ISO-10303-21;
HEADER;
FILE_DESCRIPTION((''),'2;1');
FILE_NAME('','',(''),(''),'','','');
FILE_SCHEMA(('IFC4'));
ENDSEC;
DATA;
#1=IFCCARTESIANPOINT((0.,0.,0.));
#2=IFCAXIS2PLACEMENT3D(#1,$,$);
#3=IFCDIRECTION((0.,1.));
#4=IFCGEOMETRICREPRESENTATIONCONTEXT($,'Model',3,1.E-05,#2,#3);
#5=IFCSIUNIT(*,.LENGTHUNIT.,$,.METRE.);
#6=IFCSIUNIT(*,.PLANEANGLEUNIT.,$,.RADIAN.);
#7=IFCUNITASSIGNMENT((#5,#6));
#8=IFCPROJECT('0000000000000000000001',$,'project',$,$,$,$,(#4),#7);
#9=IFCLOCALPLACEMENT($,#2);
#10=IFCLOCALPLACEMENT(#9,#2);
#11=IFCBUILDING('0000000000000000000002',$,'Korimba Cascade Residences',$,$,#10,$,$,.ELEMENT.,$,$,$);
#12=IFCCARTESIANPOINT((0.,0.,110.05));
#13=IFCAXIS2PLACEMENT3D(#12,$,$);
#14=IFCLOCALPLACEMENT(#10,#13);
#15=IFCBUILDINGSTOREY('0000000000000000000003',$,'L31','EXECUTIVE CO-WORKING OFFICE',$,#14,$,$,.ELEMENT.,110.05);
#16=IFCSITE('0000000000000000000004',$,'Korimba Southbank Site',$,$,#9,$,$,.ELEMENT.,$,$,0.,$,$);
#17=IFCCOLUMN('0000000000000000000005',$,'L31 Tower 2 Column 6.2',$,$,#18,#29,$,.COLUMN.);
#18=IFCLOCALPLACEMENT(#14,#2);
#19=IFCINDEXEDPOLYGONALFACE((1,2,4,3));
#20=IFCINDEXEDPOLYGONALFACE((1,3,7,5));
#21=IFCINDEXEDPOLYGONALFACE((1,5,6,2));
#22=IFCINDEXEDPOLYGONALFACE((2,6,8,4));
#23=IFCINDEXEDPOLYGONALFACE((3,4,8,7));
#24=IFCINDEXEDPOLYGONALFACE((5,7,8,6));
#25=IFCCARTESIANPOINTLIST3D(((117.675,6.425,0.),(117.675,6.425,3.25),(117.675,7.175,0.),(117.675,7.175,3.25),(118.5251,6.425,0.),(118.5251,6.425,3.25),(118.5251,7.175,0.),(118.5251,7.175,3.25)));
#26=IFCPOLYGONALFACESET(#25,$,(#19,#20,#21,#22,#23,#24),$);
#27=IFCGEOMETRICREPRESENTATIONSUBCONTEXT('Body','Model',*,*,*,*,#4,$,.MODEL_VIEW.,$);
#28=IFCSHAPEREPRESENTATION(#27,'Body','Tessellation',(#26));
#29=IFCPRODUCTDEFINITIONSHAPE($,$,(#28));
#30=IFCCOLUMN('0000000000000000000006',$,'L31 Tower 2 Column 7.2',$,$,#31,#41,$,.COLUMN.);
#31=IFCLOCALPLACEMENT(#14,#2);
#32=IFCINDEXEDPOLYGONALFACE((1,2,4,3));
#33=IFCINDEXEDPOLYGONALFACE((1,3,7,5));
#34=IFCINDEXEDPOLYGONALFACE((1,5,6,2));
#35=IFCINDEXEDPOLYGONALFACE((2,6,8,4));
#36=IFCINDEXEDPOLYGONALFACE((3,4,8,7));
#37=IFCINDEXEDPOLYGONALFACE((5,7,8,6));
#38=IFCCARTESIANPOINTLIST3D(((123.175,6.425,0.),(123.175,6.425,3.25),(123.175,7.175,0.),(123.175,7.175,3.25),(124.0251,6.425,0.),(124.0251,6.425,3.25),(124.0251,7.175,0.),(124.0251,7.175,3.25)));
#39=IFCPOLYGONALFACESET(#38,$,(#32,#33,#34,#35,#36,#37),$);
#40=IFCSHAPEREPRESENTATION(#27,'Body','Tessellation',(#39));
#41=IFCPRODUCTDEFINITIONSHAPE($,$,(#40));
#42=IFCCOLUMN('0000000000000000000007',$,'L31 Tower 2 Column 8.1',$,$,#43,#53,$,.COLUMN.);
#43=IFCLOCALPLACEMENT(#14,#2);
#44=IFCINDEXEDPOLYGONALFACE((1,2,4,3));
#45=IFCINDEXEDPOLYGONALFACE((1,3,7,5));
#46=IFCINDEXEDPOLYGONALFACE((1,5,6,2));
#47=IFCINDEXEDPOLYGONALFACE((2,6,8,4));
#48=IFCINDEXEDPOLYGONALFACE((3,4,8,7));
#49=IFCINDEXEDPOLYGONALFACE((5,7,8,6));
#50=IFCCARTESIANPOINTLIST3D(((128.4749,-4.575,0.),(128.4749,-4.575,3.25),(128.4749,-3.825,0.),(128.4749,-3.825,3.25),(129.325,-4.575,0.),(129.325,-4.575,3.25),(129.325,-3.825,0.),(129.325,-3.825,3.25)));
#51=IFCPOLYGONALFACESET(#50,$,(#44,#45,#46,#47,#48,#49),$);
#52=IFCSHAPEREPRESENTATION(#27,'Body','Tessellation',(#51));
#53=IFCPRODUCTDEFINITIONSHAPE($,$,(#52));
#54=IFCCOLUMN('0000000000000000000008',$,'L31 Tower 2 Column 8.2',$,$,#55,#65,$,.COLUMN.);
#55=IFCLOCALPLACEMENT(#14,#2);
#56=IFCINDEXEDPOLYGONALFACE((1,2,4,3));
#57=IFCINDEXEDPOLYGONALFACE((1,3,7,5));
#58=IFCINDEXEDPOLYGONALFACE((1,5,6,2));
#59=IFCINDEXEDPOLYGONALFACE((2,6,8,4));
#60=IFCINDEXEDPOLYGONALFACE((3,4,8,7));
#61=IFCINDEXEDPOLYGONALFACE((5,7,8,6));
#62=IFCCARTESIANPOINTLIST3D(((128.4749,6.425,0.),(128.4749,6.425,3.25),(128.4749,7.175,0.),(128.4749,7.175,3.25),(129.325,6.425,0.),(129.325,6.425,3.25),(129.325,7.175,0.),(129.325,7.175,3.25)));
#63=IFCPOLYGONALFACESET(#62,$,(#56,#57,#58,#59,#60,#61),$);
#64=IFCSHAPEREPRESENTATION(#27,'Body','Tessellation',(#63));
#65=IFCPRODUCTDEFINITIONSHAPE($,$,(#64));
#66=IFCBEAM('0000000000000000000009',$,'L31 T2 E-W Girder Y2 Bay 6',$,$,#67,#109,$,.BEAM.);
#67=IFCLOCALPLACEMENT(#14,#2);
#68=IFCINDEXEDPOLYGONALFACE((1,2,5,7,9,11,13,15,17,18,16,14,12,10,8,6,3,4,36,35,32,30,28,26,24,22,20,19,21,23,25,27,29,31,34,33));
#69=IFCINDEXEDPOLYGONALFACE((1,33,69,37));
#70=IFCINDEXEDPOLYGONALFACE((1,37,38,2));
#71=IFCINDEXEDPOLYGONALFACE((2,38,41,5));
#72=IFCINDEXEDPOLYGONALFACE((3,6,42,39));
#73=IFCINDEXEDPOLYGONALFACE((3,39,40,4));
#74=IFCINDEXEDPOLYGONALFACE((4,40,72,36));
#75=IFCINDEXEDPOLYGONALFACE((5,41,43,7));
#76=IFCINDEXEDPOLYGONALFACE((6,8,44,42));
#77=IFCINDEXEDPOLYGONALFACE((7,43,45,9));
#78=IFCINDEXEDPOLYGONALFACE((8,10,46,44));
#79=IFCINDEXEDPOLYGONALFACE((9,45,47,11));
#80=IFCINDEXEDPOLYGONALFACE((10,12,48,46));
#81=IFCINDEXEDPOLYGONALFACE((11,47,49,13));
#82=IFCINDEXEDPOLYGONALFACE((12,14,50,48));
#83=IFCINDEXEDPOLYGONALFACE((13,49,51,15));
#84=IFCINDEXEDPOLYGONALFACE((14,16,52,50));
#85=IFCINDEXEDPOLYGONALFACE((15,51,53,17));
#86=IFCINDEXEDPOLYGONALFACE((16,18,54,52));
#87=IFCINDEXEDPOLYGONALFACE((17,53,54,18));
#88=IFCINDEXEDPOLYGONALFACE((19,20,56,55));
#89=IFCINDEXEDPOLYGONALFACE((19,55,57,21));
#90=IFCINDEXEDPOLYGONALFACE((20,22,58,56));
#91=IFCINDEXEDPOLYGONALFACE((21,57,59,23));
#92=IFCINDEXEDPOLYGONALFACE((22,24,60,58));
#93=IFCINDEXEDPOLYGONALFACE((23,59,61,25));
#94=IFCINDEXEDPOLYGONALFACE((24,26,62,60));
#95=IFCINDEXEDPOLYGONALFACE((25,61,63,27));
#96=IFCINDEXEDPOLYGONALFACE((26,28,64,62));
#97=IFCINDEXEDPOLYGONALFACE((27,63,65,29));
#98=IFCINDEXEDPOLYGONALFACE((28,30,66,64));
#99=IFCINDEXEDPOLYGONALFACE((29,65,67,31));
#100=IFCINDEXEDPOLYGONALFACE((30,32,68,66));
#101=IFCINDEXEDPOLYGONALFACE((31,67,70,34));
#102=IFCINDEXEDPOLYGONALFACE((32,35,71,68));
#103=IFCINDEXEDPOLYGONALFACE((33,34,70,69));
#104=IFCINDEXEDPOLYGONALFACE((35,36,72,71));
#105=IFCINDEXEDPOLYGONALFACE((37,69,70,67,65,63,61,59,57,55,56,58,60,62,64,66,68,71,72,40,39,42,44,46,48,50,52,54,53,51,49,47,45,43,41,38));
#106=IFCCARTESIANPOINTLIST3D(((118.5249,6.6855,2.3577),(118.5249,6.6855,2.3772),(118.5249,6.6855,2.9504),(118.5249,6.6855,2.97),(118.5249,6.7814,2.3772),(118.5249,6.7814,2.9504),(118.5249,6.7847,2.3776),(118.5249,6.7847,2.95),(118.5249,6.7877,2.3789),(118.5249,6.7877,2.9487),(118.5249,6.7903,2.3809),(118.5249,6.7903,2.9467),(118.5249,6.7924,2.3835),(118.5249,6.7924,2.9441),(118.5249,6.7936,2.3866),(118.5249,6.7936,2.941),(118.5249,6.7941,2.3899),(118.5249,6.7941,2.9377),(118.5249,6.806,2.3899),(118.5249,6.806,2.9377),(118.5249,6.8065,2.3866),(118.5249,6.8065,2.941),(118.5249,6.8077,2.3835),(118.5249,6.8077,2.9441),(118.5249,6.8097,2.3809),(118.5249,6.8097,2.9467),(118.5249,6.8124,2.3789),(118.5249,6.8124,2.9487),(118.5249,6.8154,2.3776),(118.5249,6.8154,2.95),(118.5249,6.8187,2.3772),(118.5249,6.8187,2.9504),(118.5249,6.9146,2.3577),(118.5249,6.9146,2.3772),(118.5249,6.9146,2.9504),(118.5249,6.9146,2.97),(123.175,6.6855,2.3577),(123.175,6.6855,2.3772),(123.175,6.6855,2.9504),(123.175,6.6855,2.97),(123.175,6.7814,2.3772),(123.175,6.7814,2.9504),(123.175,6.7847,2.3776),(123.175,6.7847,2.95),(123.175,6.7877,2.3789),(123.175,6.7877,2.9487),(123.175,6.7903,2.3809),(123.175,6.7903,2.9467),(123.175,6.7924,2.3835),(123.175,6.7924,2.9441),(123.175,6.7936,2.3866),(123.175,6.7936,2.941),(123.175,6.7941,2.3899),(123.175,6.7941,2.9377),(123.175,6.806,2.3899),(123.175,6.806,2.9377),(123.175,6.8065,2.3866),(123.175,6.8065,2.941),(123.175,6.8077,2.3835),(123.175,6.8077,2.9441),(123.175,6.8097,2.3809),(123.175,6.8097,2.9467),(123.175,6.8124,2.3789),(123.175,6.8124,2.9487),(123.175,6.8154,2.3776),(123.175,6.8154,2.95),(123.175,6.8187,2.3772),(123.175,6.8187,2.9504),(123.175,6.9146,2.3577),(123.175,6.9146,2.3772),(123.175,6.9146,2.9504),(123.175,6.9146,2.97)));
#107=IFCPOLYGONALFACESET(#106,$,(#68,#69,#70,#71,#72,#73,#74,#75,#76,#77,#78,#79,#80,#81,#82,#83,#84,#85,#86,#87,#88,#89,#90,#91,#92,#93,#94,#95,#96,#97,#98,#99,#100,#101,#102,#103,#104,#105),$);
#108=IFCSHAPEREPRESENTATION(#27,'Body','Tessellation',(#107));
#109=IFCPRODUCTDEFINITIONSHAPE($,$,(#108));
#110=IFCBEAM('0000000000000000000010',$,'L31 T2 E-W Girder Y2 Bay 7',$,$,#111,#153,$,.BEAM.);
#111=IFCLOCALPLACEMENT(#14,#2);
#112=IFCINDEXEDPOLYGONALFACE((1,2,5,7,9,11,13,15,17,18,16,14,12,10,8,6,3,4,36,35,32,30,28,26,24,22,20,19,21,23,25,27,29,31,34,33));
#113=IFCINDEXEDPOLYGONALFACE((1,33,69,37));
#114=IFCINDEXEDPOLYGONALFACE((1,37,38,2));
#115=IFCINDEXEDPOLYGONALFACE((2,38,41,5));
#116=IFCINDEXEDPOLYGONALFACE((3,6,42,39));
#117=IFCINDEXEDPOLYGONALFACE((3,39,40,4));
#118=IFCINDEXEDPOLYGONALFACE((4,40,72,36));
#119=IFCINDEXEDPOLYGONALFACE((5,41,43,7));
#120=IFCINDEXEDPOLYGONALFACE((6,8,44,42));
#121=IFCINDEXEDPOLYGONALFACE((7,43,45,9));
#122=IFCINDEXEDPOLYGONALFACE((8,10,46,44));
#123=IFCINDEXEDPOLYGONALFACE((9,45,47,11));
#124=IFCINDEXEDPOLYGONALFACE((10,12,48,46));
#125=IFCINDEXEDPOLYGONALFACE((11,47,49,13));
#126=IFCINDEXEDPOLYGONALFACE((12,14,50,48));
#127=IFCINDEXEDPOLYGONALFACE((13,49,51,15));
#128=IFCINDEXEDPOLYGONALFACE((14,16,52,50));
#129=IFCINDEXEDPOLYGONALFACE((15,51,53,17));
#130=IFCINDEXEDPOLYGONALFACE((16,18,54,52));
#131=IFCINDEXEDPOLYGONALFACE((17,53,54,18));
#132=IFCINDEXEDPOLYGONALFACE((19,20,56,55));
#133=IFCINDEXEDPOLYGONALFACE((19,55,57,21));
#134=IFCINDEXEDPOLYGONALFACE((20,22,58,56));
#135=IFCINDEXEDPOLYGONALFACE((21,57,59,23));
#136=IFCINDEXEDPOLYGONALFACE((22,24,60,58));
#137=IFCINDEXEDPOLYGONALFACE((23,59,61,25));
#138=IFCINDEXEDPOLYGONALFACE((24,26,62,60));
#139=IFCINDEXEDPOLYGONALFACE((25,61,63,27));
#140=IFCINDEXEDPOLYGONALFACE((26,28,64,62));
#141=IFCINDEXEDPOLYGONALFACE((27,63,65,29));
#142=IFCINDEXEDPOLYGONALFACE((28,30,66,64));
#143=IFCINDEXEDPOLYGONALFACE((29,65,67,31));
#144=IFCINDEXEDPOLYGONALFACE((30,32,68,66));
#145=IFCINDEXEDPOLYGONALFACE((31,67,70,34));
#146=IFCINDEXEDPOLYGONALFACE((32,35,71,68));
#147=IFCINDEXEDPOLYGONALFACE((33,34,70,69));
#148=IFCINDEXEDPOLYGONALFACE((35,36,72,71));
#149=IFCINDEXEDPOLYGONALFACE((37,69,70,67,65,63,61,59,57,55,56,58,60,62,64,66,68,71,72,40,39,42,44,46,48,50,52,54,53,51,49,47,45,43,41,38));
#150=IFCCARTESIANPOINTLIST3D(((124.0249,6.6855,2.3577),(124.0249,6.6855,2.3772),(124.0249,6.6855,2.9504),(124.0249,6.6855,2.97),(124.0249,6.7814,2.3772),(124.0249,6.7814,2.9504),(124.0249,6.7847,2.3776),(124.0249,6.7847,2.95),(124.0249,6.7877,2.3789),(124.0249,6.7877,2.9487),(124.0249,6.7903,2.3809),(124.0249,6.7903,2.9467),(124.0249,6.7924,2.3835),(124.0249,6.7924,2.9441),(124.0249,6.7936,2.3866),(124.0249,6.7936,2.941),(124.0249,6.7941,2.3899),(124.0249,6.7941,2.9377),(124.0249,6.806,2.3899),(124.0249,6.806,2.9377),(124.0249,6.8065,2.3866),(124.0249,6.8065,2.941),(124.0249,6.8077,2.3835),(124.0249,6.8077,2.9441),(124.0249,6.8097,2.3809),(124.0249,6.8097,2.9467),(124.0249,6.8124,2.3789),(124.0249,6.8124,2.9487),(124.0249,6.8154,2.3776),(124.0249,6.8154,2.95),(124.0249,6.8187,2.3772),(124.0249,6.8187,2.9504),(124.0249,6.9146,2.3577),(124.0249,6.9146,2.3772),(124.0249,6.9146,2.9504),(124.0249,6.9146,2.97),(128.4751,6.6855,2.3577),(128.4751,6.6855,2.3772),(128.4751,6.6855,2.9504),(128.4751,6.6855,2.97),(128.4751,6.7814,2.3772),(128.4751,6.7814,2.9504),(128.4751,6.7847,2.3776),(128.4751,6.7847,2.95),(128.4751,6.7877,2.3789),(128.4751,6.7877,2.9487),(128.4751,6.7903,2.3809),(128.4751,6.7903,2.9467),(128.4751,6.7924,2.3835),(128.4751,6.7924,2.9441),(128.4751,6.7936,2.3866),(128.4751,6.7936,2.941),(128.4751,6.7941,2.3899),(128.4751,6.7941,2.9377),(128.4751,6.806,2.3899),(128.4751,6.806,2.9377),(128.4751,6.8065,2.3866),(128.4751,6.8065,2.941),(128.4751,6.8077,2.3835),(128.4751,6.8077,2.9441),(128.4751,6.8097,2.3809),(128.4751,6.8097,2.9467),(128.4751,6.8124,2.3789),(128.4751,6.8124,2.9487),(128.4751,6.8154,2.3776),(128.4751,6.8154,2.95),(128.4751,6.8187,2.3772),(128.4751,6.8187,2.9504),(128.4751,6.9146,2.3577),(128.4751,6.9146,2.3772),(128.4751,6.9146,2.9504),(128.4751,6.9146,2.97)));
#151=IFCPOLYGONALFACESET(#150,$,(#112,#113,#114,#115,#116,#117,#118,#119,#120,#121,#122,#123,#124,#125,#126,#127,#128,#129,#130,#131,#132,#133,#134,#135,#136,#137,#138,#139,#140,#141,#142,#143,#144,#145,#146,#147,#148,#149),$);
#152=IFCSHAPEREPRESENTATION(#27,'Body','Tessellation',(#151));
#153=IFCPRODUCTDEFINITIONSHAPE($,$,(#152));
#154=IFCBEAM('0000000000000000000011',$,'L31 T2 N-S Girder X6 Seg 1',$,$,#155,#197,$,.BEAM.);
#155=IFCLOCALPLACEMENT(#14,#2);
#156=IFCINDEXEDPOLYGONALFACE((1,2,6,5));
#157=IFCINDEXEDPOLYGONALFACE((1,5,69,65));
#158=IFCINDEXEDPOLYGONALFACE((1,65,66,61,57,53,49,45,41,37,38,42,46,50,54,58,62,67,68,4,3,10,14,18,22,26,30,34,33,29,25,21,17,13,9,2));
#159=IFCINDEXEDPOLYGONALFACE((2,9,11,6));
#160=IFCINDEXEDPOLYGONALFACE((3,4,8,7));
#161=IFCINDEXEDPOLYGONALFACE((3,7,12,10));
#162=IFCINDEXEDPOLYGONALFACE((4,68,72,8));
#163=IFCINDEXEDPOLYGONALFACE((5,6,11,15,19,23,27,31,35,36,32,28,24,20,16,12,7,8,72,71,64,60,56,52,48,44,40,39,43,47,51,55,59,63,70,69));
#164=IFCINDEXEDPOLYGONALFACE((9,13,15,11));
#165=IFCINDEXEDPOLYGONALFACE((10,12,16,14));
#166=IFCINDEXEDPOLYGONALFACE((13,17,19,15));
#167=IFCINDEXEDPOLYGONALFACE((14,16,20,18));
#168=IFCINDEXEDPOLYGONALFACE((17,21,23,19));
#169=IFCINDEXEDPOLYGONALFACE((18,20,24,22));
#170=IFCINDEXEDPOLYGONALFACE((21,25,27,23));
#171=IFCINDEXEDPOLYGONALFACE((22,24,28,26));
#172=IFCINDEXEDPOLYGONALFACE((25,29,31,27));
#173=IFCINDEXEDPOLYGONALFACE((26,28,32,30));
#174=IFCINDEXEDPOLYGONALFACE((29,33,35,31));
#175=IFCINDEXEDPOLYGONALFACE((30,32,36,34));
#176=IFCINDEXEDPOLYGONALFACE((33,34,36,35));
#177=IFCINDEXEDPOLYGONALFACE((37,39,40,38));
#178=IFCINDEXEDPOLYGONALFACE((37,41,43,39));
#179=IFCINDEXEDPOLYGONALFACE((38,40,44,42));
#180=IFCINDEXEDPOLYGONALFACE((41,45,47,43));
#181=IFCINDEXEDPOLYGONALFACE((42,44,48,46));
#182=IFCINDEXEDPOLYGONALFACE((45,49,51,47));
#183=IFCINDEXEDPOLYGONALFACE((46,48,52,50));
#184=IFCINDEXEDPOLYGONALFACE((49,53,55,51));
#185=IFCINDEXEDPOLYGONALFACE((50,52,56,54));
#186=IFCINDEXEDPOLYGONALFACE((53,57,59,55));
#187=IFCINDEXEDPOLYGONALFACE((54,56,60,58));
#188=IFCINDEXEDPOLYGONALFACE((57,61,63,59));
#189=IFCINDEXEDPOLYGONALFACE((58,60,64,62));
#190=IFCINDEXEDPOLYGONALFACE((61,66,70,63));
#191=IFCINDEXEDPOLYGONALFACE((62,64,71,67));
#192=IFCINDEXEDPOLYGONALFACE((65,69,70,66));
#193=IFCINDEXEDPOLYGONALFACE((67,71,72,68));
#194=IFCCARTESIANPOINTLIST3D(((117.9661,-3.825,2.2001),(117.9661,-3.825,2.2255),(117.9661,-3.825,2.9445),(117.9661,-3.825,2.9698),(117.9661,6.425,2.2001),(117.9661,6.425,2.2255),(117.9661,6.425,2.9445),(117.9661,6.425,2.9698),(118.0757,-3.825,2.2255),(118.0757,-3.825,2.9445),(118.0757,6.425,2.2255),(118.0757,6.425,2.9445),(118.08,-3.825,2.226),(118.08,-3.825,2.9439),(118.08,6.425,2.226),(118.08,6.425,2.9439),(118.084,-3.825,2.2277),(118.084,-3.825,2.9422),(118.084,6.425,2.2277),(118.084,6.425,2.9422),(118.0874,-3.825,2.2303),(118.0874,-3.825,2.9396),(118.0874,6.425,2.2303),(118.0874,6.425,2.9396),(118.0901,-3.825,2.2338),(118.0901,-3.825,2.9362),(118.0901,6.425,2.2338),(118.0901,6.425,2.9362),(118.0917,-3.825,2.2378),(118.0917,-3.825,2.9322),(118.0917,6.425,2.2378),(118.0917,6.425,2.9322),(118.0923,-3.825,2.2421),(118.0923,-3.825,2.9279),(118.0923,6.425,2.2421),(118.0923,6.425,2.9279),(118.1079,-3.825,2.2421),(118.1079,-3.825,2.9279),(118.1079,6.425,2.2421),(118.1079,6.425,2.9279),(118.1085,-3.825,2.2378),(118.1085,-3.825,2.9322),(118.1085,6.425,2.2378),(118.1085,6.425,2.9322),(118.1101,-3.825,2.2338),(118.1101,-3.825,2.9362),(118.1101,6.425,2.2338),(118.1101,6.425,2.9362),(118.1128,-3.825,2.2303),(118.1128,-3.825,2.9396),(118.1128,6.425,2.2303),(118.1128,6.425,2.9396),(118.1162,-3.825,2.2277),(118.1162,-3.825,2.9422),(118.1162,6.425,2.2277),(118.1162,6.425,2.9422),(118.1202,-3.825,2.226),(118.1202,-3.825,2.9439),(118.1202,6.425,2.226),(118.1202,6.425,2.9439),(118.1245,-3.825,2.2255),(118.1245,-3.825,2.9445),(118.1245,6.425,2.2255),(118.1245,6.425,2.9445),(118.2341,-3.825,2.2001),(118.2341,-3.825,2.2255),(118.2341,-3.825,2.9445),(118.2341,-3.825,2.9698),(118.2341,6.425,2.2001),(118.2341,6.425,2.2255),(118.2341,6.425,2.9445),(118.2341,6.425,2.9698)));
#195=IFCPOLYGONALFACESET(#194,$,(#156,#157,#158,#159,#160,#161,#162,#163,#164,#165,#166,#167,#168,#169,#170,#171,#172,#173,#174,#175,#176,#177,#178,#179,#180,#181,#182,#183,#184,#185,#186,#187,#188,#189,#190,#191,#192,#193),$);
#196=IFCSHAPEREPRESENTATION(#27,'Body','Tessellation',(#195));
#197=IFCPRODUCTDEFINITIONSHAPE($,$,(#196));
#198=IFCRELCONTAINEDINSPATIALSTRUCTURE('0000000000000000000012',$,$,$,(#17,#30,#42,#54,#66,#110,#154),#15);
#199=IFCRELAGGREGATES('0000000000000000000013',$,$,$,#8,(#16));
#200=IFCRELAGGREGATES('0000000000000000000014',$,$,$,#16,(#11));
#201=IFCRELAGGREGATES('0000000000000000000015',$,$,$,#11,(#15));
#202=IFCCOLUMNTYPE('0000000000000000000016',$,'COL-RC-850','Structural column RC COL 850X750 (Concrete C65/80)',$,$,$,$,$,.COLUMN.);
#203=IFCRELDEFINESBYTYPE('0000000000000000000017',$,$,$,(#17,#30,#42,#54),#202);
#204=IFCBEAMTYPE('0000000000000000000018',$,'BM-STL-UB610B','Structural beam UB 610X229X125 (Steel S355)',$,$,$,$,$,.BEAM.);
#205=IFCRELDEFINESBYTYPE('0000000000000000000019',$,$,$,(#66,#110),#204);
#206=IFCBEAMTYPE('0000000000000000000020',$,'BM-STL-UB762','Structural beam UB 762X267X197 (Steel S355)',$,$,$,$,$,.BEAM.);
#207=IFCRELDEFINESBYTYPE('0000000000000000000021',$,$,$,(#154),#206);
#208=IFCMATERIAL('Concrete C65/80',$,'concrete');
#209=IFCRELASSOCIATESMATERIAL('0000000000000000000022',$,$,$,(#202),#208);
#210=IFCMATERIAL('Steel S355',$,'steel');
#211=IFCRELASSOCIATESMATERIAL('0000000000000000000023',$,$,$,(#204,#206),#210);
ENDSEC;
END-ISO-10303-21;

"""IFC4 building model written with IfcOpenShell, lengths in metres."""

from ifc_helpers import new_model, si_unit, direction, frame, origin, origin_2d, place, context, subcontext, project, spatial, rectangle, i_section, extrude, material, material_profile, profile_set, type_object, element, save


model = new_model("IFC4")

# Units and contexts
model_context = context("Model", 3, precision=1e-05, world=origin(), true_north=direction((0.0, 1.0)))
body_context = subcontext(model_context, "Body", "Model", "MODEL_VIEW")
ifc_project = project(units=[si_unit("LENGTHUNIT", "METRE"), si_unit("PLANEANGLEUNIT", "RADIAN")], contexts=[model_context])

# Site, building, storey
site_placement = place(None, origin())
site = spatial("IfcSite", under=ifc_project, at=site_placement, Name="Korimba Southbank Site", CompositionType="ELEMENT", RefElevation=0.0)
building_placement = place(site_placement, origin())
building = spatial("IfcBuilding", under=site, at=building_placement, Name="Korimba Cascade Residences", CompositionType="ELEMENT")
storey_placement = place(building_placement, frame((0.0, 0.0, 110.05)))
storey = spatial("IfcBuildingStorey", under=building, at=storey_placement, Name="L31", Description="EXECUTIVE CO-WORKING OFFICE", CompositionType="ELEMENT", Elevation=110.05)

# Columns
ifc_material_1 = material(Name="Concrete C65/80", Category="concrete")
ifc_material_profile_1 = material_profile(ifc_material_1, rectangle(XDim=0.8501, YDim=0.75, at=origin_2d()), Name="Concrete C65/80")
ifc_profile_set_1 = profile_set([ifc_material_profile_1], Name="Concrete C65/80")
column_type = type_object("IfcColumnType", Name="COL-RC-850", Description="Structural column RC COL 850X750 (Concrete C65/80)", PredefinedType="COLUMN", material=ifc_profile_set_1)
for number, where, z_axis, x_axis, name in (
    (1, (118.1001, 6.8, 0.0), (0.0, 0.0, 1.0), (1.0, 0.0, 0.0), "L31 Tower 2 Column 6.2"),
    (2, (123.6001, 6.8, 0.0), (0.0, 0.0, 1.0), (1.0, 0.0, 0.0), "L31 Tower 2 Column 7.2"),
    (3, (128.8999, -4.2, 0.0), (0.0, 0.0, 1.0), (1.0, 0.0, 0.0), "L31 Tower 2 Column 8.1"),
    (4, (128.8999, 6.8, 0.0), (0.0, 0.0, 1.0), (1.0, 0.0, 0.0), "L31 Tower 2 Column 8.2"),
):
    element("IfcColumn", number, at=place(storey_placement, frame(where, z_axis=z_axis, x_axis=x_axis)), inside=storey, type_object=column_type, Name=name, PredefinedType="COLUMN", context=body_context, shape_type="SweptSolid", body=[
        extrude(rectangle(XDim=0.8501, YDim=0.75, at=origin_2d()), origin(), (0.0, 0.0, 1.0), 3.25),
    ])

# Beams
ifc_material_2 = material(Name="Steel S355", Category="steel")
ifc_material_profile_2 = material_profile(ifc_material_2, i_section(OverallWidth=0.229, OverallDepth=0.6123, WebThickness=0.012, FlangeThickness=0.0195, FilletRadius=0.0127, at=origin_2d()), Name="Steel S355")
ifc_profile_set_2 = profile_set([ifc_material_profile_2], Name="Steel S355")
beam_type_1 = type_object("IfcBeamType", Name="BM-STL-UB610B", Description="Structural beam UB 610X229X125 (Steel S355)", PredefinedType="BEAM", material=ifc_profile_set_2)
beam_1_placement = place(storey_placement, frame((118.5249, 6.8, 2.6638), z_axis=(1.0, 0.0, 0.0), x_axis=(0.0, 1.0, 0.0)))
element("IfcBeam", 5, at=beam_1_placement, inside=storey, type_object=beam_type_1, Name="L31 T2 E-W Girder Y2 Bay 6", PredefinedType="BEAM", context=body_context, shape_type="SweptSolid", body=[
    extrude(i_section(OverallWidth=0.229, OverallDepth=0.6123, WebThickness=0.012, FlangeThickness=0.0195, FilletRadius=0.0127, at=origin_2d()), origin(), (0.0, 0.0, 1.0), 4.6501),
])
beam_2_placement = place(storey_placement, frame((124.0249, 6.8, 2.6638), z_axis=(1.0, 0.0, 0.0), x_axis=(0.0, 1.0, 0.0)))
element("IfcBeam", 6, at=beam_2_placement, inside=storey, type_object=beam_type_1, Name="L31 T2 E-W Girder Y2 Bay 7", PredefinedType="BEAM", context=body_context, shape_type="SweptSolid", body=[
    extrude(i_section(OverallWidth=0.229, OverallDepth=0.6123, WebThickness=0.012, FlangeThickness=0.0195, FilletRadius=0.0127, at=origin_2d()), origin(), (0.0, 0.0, 1.0), 4.4502),
])
ifc_material_profile_3 = material_profile(ifc_material_2, i_section(OverallWidth=0.2681, OverallDepth=0.7698, WebThickness=0.0156, FlangeThickness=0.0254, FilletRadius=0.0166, at=origin_2d()), Name="Steel S355")
ifc_profile_set_3 = profile_set([ifc_material_profile_3], Name="Steel S355")
beam_type_2 = type_object("IfcBeamType", Name="BM-STL-UB762", Description="Structural beam UB 762X267X197 (Steel S355)", PredefinedType="BEAM", material=ifc_profile_set_3)
for number, where, z_axis, x_axis, name in (
    (7, (118.1001, -3.825, 2.585), (0.0, 1.0, 0.0), (-1.0, 0.0, 0.0), "L31 T2 N-S Girder X6 Seg 1"),
):
    element("IfcBeam", number, at=place(storey_placement, frame(where, z_axis=z_axis, x_axis=x_axis)), inside=storey, type_object=beam_type_2, Name=name, PredefinedType="BEAM", context=body_context, shape_type="SweptSolid", body=[
        extrude(i_section(OverallWidth=0.2681, OverallDepth=0.7698, WebThickness=0.0156, FlangeThickness=0.0254, FilletRadius=0.0166, at=origin_2d()), origin(), (0.0, 0.0, 1.0), 10.25),
    ])

save(model, "model.ifc")
